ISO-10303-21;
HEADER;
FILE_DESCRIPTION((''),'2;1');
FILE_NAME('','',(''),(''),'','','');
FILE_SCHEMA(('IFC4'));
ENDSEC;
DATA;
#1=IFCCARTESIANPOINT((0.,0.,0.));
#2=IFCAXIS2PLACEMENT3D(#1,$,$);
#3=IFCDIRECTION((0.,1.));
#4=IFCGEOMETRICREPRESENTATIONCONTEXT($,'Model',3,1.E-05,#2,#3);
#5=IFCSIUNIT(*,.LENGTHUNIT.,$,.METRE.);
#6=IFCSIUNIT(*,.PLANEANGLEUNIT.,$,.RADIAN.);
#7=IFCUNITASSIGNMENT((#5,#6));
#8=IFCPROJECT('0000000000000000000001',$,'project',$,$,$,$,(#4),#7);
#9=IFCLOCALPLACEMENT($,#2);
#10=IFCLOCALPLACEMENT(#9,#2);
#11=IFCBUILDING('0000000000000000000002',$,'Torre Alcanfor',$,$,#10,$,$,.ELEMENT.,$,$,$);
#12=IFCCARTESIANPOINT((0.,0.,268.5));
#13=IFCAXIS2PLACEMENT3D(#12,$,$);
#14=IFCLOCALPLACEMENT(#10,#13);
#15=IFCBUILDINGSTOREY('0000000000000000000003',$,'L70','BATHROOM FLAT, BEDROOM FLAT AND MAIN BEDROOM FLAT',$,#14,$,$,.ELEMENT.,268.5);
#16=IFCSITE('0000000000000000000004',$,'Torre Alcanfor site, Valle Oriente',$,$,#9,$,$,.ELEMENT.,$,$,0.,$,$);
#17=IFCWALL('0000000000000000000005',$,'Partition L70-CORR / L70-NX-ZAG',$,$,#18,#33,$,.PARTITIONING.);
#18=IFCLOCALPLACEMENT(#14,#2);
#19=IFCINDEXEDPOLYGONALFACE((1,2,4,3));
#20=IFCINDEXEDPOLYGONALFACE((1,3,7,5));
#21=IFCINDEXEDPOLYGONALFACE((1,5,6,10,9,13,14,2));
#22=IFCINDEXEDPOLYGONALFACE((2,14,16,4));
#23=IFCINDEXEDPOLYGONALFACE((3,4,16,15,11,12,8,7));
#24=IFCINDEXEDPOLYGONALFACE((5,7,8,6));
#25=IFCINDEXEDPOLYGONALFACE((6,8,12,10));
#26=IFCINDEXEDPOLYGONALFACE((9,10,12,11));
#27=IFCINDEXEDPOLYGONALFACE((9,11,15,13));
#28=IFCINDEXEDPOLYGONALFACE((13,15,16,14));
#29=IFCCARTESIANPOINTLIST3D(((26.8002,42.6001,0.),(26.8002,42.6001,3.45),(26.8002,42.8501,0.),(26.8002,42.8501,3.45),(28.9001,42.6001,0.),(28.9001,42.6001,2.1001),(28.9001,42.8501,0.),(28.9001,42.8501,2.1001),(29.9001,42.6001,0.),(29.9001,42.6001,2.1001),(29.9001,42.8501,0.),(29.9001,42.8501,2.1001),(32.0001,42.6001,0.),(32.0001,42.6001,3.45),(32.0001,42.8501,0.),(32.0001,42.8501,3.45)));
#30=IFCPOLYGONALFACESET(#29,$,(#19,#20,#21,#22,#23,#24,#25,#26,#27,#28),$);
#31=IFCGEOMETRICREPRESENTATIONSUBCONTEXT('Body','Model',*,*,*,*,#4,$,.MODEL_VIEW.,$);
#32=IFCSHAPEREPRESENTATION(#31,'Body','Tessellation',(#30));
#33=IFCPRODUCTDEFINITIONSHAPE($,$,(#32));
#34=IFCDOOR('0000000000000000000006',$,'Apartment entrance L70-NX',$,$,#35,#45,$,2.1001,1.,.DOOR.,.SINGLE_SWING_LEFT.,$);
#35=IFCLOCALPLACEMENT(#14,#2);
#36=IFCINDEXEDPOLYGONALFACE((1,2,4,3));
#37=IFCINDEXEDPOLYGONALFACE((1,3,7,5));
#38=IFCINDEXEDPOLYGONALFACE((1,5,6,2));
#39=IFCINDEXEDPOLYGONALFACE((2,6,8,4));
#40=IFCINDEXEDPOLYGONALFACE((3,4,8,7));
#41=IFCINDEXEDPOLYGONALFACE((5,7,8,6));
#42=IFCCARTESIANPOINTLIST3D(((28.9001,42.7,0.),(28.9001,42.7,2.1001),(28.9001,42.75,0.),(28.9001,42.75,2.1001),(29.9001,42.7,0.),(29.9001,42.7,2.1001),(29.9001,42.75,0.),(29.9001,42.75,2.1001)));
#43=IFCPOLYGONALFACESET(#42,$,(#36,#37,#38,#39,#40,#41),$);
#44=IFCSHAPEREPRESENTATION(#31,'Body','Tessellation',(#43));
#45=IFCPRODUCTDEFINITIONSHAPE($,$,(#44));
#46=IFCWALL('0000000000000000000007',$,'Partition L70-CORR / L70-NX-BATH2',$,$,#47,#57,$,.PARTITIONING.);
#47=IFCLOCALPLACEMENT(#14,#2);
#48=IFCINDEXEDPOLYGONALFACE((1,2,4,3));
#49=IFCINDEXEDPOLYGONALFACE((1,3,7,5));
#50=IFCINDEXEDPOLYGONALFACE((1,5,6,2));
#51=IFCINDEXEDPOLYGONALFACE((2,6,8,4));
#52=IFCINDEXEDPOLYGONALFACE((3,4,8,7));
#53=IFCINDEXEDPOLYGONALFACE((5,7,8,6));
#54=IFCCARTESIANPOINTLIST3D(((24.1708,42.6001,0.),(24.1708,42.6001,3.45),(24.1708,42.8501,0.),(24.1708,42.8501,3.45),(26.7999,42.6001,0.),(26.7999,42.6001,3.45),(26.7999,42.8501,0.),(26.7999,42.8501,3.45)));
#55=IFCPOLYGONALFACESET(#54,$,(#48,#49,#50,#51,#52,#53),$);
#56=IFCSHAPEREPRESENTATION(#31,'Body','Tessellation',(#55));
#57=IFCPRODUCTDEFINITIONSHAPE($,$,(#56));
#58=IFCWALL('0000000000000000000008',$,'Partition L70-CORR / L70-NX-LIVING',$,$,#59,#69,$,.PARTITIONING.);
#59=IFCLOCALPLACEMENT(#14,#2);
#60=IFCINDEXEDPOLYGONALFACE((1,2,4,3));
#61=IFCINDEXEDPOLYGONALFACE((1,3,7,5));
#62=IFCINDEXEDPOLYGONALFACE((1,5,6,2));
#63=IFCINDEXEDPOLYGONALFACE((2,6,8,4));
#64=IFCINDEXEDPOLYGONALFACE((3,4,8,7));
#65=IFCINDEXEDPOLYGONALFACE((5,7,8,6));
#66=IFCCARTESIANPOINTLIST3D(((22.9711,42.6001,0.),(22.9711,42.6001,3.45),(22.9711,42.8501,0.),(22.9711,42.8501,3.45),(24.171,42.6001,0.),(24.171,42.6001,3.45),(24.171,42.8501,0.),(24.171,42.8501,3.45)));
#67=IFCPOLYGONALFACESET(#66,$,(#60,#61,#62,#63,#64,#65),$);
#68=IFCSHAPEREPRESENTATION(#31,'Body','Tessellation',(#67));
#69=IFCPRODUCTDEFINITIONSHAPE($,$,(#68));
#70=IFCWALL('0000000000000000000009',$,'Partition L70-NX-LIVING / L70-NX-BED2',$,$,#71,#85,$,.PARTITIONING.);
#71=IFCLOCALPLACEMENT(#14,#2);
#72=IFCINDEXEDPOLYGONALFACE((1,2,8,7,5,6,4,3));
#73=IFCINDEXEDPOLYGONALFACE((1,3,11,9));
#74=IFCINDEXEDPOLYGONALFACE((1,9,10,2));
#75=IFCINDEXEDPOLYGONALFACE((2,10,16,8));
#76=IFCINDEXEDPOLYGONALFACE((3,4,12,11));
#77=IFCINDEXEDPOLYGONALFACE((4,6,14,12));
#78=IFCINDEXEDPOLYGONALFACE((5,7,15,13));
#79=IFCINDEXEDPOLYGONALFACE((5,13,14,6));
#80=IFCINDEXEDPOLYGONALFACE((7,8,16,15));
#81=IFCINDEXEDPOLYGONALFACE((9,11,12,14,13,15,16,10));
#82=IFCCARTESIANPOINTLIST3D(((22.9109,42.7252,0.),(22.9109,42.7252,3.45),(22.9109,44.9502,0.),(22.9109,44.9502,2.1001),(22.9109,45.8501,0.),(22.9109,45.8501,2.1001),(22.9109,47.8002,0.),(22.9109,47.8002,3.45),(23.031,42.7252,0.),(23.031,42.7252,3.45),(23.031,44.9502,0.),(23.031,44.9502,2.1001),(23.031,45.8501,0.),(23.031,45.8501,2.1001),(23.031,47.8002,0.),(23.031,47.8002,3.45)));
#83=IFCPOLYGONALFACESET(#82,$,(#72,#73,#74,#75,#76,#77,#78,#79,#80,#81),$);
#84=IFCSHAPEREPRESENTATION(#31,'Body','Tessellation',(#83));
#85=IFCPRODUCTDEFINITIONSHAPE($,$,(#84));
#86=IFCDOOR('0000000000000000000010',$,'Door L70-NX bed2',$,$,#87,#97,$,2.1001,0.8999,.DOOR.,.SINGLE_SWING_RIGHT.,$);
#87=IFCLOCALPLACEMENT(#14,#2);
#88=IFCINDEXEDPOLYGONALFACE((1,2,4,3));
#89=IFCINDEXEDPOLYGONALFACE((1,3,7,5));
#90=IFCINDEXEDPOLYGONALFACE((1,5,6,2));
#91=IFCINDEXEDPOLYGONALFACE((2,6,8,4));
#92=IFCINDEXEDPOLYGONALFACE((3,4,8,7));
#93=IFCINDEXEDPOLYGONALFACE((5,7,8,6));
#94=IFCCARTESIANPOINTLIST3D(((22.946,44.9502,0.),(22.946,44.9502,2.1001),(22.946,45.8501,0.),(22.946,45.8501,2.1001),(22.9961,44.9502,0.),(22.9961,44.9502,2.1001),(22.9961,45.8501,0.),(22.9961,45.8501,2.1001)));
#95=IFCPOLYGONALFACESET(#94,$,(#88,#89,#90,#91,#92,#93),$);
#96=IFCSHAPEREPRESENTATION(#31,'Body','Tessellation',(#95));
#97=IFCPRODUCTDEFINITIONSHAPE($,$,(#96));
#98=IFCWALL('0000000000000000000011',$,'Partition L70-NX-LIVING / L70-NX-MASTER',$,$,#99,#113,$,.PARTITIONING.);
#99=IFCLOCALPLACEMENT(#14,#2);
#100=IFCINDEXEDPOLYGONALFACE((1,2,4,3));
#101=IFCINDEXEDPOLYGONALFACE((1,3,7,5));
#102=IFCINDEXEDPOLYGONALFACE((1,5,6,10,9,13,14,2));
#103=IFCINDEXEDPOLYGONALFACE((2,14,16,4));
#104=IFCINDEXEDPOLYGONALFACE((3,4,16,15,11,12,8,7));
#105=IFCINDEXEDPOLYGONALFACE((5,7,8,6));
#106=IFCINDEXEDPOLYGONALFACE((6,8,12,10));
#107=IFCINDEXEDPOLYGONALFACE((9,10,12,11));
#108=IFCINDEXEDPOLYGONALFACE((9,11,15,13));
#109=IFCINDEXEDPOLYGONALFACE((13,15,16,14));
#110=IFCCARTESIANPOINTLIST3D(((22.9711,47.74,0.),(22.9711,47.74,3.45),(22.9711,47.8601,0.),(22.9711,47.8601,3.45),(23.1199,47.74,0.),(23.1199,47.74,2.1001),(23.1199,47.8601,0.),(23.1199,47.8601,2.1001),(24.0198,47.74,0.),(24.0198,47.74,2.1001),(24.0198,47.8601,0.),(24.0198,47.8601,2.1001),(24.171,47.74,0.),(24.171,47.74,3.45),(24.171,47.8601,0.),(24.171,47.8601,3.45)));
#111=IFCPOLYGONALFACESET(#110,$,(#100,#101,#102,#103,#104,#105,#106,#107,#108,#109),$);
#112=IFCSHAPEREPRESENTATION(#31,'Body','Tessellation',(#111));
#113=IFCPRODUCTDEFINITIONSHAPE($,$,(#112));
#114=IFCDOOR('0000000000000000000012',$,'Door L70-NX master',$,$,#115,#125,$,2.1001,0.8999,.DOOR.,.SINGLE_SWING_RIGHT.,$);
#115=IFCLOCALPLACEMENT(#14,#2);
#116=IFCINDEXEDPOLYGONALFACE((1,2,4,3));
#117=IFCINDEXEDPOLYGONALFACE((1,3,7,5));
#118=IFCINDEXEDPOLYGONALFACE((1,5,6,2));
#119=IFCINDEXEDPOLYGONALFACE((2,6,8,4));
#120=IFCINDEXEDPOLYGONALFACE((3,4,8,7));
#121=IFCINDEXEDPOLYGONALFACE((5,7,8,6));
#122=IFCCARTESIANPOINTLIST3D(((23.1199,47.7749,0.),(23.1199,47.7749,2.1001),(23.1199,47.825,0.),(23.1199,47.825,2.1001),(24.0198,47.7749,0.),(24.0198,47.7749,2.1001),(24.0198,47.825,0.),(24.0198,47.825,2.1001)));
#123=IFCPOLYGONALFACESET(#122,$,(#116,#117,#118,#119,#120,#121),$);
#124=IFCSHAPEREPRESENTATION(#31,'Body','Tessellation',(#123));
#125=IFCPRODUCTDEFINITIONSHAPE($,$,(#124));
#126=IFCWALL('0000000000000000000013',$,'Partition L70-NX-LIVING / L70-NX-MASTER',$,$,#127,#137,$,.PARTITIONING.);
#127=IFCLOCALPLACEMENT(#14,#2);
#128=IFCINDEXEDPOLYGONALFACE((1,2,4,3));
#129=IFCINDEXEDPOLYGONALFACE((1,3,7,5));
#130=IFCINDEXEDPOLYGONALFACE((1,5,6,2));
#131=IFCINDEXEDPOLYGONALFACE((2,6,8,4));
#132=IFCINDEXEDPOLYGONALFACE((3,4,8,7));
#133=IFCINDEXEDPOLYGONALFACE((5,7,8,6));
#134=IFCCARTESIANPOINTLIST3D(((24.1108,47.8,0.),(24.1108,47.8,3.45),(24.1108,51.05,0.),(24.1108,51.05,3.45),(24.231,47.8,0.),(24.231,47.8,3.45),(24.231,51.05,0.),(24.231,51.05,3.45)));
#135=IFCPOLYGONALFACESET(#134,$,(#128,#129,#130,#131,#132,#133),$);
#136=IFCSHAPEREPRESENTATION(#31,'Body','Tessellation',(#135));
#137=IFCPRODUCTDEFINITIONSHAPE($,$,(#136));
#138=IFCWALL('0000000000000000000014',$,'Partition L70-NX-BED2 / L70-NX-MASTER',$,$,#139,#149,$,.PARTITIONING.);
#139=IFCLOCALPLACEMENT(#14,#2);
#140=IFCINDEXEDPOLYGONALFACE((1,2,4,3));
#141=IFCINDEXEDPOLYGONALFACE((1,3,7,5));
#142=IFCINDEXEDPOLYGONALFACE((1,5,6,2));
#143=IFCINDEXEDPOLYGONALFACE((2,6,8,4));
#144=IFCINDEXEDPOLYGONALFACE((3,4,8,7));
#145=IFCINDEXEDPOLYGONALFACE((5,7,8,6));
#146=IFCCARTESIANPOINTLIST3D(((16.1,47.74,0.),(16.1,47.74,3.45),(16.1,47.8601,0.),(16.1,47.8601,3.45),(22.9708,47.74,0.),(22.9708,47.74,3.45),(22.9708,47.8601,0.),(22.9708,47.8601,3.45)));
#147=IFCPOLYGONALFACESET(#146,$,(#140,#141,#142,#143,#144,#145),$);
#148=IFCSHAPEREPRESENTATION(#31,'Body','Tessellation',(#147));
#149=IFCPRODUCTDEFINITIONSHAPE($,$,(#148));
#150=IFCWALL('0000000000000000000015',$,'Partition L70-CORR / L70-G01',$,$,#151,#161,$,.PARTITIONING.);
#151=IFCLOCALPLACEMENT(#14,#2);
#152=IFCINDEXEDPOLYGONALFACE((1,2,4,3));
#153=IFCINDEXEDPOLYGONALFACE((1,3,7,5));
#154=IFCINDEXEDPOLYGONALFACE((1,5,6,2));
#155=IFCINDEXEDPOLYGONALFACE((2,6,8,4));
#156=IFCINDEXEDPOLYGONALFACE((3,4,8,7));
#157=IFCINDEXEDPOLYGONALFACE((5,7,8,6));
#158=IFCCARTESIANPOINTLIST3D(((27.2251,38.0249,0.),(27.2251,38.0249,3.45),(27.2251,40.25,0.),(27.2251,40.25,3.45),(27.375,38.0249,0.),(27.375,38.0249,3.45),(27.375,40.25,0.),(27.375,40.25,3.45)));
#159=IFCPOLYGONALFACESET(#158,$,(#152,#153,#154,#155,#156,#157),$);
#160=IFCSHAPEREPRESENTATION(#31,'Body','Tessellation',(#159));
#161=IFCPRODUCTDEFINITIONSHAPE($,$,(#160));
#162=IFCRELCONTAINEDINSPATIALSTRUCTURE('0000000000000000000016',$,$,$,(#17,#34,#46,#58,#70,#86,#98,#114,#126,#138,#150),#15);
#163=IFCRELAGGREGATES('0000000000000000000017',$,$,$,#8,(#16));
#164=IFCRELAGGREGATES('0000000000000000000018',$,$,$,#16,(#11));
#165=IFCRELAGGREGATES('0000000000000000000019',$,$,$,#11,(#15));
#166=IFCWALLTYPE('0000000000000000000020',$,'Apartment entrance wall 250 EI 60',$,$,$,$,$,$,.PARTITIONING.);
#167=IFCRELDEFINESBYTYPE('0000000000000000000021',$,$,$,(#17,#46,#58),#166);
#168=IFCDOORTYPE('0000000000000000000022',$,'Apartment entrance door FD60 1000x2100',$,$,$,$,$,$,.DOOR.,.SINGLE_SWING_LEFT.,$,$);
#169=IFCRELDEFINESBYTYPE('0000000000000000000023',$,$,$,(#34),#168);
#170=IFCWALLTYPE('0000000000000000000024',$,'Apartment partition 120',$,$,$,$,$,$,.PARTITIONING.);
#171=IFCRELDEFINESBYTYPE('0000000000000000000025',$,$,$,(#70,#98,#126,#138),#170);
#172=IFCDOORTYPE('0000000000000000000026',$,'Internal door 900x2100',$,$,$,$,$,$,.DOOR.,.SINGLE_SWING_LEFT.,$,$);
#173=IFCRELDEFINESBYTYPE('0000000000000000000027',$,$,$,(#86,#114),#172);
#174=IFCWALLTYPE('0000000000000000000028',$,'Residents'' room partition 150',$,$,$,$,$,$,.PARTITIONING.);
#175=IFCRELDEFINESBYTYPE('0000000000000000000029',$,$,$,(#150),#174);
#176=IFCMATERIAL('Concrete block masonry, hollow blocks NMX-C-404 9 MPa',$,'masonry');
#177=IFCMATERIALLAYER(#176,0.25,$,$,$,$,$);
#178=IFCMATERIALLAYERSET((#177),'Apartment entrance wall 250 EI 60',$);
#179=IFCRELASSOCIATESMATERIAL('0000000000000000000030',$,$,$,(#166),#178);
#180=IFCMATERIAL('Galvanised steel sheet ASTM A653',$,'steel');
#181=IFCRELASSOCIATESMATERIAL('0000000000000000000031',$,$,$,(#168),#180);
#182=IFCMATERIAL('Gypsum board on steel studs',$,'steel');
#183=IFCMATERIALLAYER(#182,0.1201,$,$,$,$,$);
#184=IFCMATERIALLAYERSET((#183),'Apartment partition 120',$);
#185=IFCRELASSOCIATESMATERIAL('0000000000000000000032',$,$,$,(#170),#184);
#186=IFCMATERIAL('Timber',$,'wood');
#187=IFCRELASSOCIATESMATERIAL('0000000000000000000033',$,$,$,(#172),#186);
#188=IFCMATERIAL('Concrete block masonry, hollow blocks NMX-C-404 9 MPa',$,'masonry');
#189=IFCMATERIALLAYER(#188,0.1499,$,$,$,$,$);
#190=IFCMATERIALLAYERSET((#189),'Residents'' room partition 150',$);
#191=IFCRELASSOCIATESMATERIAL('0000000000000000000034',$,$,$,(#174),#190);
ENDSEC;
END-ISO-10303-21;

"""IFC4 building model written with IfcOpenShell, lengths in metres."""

from ifc_helpers import new_model, si_unit, direction, frame, frame_2d, origin, place, context, subcontext, project, spatial, rectangle, extrude, material, layer, layer_set, type_object, element, fill, save


model = new_model("IFC4")

# Units and contexts
model_context = context("Model", 3, precision=1e-05, world=origin(), true_north=direction((0.0, 1.0)))
body_context = subcontext(model_context, "Body", "Model", "MODEL_VIEW")
ifc_project = project(units=[si_unit("LENGTHUNIT", "METRE"), si_unit("PLANEANGLEUNIT", "RADIAN")], contexts=[model_context])

# Site, building, storey
site_placement = place(None, origin())
site = spatial("IfcSite", under=ifc_project, at=site_placement, Name="Torre Alcanfor site, Valle Oriente", CompositionType="ELEMENT", RefElevation=0.0)
building_placement = place(site_placement, origin())
building = spatial("IfcBuilding", under=site, at=building_placement, Name="Torre Alcanfor", CompositionType="ELEMENT")
storey_placement = place(building_placement, frame((0.0, 0.0, 268.5)))
storey = spatial("IfcBuildingStorey", under=building, at=storey_placement, Name="L70", Description="BATHROOM FLAT, BEDROOM FLAT AND MAIN BEDROOM FLAT", CompositionType="ELEMENT", Elevation=268.5)

# Wall, opening, door
ifc_material_1 = material(Name="Concrete block masonry, hollow blocks NMX-C-404 9 MPa", Category="masonry")
ifc_layer_1 = layer(ifc_material_1, 0.25)
ifc_layer_set_1 = layer_set([ifc_layer_1], Name="Apartment entrance wall 250 EI 60")
wall_type_1 = type_object("IfcWallType", Name="Apartment entrance wall 250 EI 60", PredefinedType="PARTITIONING", material=ifc_layer_set_1)
wall_1_placement = place(storey_placement, frame((26.8, 42.7251, 0.0), z_axis=(0.0, 0.0, 1.0), x_axis=(1.0, 0.0, 0.0)))
wall_1 = element("IfcWall", 1, at=wall_1_placement, inside=storey, type_object=wall_type_1, Name="Partition L70-CORR / L70-NX-ZAG", PredefinedType="PARTITIONING", context=body_context, shape_type="SweptSolid", body=[
    extrude(rectangle(XDim=5.2, YDim=0.25, at=frame_2d((2.6001, 0.0))), origin(), (0.0, 0.0, 1.0), 3.45),
])
opening_1_placement = place(wall_1_placement, frame((2.1001, 0.0, 0.0)))
opening_1 = element("IfcOpeningElement", 2, at=opening_1_placement, cuts=wall_1, PredefinedType="OPENING", context=body_context, shape_type="SweptSolid", body=[
    extrude(rectangle(XDim=1.0, YDim=2.1001, at=frame_2d((0.5, 1.05))), frame((0.0, 0.135, 0.0), z_axis=(0.0, -1.0, 0.0), x_axis=(1.0, 0.0, 0.0)), (0.0, 0.0, 1.0), 0.27),
])
ifc_material_2 = material(Name="Galvanised steel sheet ASTM A653", Category="steel")
door_type_1 = type_object("IfcDoorType", Name="Apartment entrance door FD60 1000x2100", OperationType="SINGLE_SWING_LEFT", PredefinedType="DOOR", material=ifc_material_2)
door_1_placement = place(opening_1_placement, origin())
door_1 = element("IfcDoor", 3, at=door_1_placement, inside=storey, type_object=door_type_1, Name="Apartment entrance L70-NX", OperationType="SINGLE_SWING_LEFT", OverallHeight=2.1001, OverallWidth=1.0, PredefinedType="DOOR", context=body_context, shape_type="SweptSolid", body=[
    extrude(rectangle(XDim=1.0, YDim=2.1001, at=frame_2d((0.5, 1.05))), frame((0.0, 0.0249, 0.0), z_axis=(0.0, -1.0, 0.0), x_axis=(1.0, 0.0, 0.0)), (0.0, 0.0, 1.0), 0.05),
])
fill(opening_1, door_1)

# Walls
wall_2_placement = place(storey_placement, frame((24.1709, 42.7251, 0.0), z_axis=(0.0, 0.0, 1.0), x_axis=(1.0, 0.0, 0.0)))
element("IfcWall", 4, at=wall_2_placement, inside=storey, type_object=wall_type_1, Name="Partition L70-CORR / L70-NX-BATH2", PredefinedType="PARTITIONING", context=body_context, shape_type="SweptSolid", body=[
    extrude(rectangle(XDim=2.6292, YDim=0.25, at=frame_2d((1.3145, 0.0))), origin(), (0.0, 0.0, 1.0), 3.45),
])
wall_3_placement = place(storey_placement, frame((22.9709, 42.7251, 0.0), z_axis=(0.0, 0.0, 1.0), x_axis=(1.0, 0.0, 0.0)))
element("IfcWall", 5, at=wall_3_placement, inside=storey, type_object=wall_type_1, Name="Partition L70-CORR / L70-NX-LIVING", PredefinedType="PARTITIONING", context=body_context, shape_type="SweptSolid", body=[
    extrude(rectangle(XDim=1.2, YDim=0.25, at=frame_2d((0.6001, 0.0))), origin(), (0.0, 0.0, 1.0), 3.45),
])

# Walls, openings, doors
ifc_material_3 = material(Name="Gypsum board on steel studs", Category="steel")
ifc_layer_2 = layer(ifc_material_3, 0.1201)
ifc_layer_set_2 = layer_set([ifc_layer_2], Name="Apartment partition 120")
wall_type_2 = type_object("IfcWallType", Name="Apartment partition 120", PredefinedType="PARTITIONING", material=ifc_layer_set_2)
wall_4_placement = place(storey_placement, frame((22.9709, 42.7251, 0.0), z_axis=(0.0, 0.0, 1.0), x_axis=(0.0, 1.0, 0.0)))
wall_4 = element("IfcWall", 6, at=wall_4_placement, inside=storey, type_object=wall_type_2, Name="Partition L70-NX-LIVING / L70-NX-BED2", PredefinedType="PARTITIONING", context=body_context, shape_type="SweptSolid", body=[
    extrude(rectangle(XDim=5.075, YDim=0.1201, at=frame_2d((2.5376, 0.0))), origin(), (0.0, 0.0, 1.0), 3.45),
])
opening_2_placement = place(wall_4_placement, frame((2.2251, 0.0, 0.0)))
opening_2 = element("IfcOpeningElement", 7, at=opening_2_placement, cuts=wall_4, PredefinedType="OPENING", context=body_context, shape_type="SweptSolid", body=[
    extrude(rectangle(XDim=0.8999, YDim=2.1001, at=frame_2d((0.45, 1.05))), frame((0.0, 0.0701, 0.0), z_axis=(0.0, -1.0, 0.0), x_axis=(1.0, 0.0, 0.0)), (0.0, 0.0, 1.0), 0.1401),
])
ifc_material_4 = material(Name="Timber", Category="wood")
door_type_2 = type_object("IfcDoorType", Name="Internal door 900x2100", OperationType="SINGLE_SWING_LEFT", PredefinedType="DOOR", material=ifc_material_4)
door_2_placement = place(opening_2_placement, origin())
door_2 = element("IfcDoor", 8, at=door_2_placement, inside=storey, type_object=door_type_2, Name="Door L70-NX bed2", OperationType="SINGLE_SWING_RIGHT", OverallHeight=2.1001, OverallWidth=0.8999, PredefinedType="DOOR", context=body_context, shape_type="SweptSolid", body=[
    extrude(rectangle(XDim=0.8999, YDim=2.1001, at=frame_2d((0.45, 1.05))), frame((0.0, 0.0249, 0.0), z_axis=(0.0, -1.0, 0.0), x_axis=(1.0, 0.0, 0.0)), (0.0, 0.0, 1.0), 0.05),
])
fill(opening_2, door_2)
wall_5_placement = place(storey_placement, frame((22.9709, 47.8, 0.0), z_axis=(0.0, 0.0, 1.0), x_axis=(1.0, 0.0, 0.0)))
wall_5 = element("IfcWall", 9, at=wall_5_placement, inside=storey, type_object=wall_type_2, Name="Partition L70-NX-LIVING / L70-NX-MASTER", PredefinedType="PARTITIONING", context=body_context, shape_type="SweptSolid", body=[
    extrude(rectangle(XDim=1.2, YDim=0.1201, at=frame_2d((0.6001, 0.0))), origin(), (0.0, 0.0, 1.0), 3.45),
])
opening_3_placement = place(wall_5_placement, frame((0.1489, 0.0, 0.0)))
opening_3 = element("IfcOpeningElement", 10, at=opening_3_placement, cuts=wall_5, PredefinedType="OPENING", context=body_context, shape_type="SweptSolid", body=[
    extrude(rectangle(XDim=0.8999, YDim=2.1001, at=frame_2d((0.45, 1.05))), frame((0.0, 0.0701, 0.0), z_axis=(0.0, -1.0, 0.0), x_axis=(1.0, 0.0, 0.0)), (0.0, 0.0, 1.0), 0.1401),
])
door_3_placement = place(opening_3_placement, origin())
door_3 = element("IfcDoor", 11, at=door_3_placement, inside=storey, type_object=door_type_2, Name="Door L70-NX master", OperationType="SINGLE_SWING_RIGHT", OverallHeight=2.1001, OverallWidth=0.8999, PredefinedType="DOOR", context=body_context, shape_type="SweptSolid", body=[
    extrude(rectangle(XDim=0.8999, YDim=2.1001, at=frame_2d((0.45, 1.05))), frame((0.0, 0.0249, 0.0), z_axis=(0.0, -1.0, 0.0), x_axis=(1.0, 0.0, 0.0)), (0.0, 0.0, 1.0), 0.05),
])
fill(opening_3, door_3)

# Walls
wall_6_placement = place(storey_placement, frame((24.1709, 47.8, 0.0), z_axis=(0.0, 0.0, 1.0), x_axis=(0.0, 1.0, 0.0)))
element("IfcWall", 12, at=wall_6_placement, inside=storey, type_object=wall_type_2, Name="Partition L70-NX-LIVING / L70-NX-MASTER", PredefinedType="PARTITIONING", context=body_context, shape_type="SweptSolid", body=[
    extrude(rectangle(XDim=3.25, YDim=0.1201, at=frame_2d((1.625, 0.0))), origin(), (0.0, 0.0, 1.0), 3.45),
])
wall_7_placement = place(storey_placement, frame((22.9709, 47.8, 0.0), z_axis=(0.0, 0.0, 1.0), x_axis=(-1.0, 0.0, 0.0)))
element("IfcWall", 13, at=wall_7_placement, inside=storey, type_object=wall_type_2, Name="Partition L70-NX-BED2 / L70-NX-MASTER", PredefinedType="PARTITIONING", context=body_context, shape_type="SweptSolid", body=[
    extrude(rectangle(XDim=6.8708, YDim=0.1201, at=frame_2d((3.4355, 0.0))), origin(), (0.0, 0.0, 1.0), 3.45),
])
ifc_material_5 = material(Name="Concrete block masonry, hollow blocks NMX-C-404 9 MPa", Category="masonry")
ifc_layer_3 = layer(ifc_material_5, 0.1499)
ifc_layer_set_3 = layer_set([ifc_layer_3], Name="Residents' room partition 150")
wall_type_3 = type_object("IfcWallType", Name="Residents' room partition 150", PredefinedType="PARTITIONING", material=ifc_layer_set_3)
wall_8_placement = place(storey_placement, frame((27.3, 40.25, 0.0), z_axis=(0.0, 0.0, 1.0), x_axis=(0.0, -1.0, 0.0)))
element("IfcWall", 14, at=wall_8_placement, inside=storey, type_object=wall_type_3, Name="Partition L70-CORR / L70-G01", PredefinedType="PARTITIONING", context=body_context, shape_type="SweptSolid", body=[
    extrude(rectangle(XDim=2.2251, YDim=0.1499, at=frame_2d((1.1125, 0.0))), origin(), (0.0, 0.0, 1.0), 3.45),
])

save(model, "model.ifc")
